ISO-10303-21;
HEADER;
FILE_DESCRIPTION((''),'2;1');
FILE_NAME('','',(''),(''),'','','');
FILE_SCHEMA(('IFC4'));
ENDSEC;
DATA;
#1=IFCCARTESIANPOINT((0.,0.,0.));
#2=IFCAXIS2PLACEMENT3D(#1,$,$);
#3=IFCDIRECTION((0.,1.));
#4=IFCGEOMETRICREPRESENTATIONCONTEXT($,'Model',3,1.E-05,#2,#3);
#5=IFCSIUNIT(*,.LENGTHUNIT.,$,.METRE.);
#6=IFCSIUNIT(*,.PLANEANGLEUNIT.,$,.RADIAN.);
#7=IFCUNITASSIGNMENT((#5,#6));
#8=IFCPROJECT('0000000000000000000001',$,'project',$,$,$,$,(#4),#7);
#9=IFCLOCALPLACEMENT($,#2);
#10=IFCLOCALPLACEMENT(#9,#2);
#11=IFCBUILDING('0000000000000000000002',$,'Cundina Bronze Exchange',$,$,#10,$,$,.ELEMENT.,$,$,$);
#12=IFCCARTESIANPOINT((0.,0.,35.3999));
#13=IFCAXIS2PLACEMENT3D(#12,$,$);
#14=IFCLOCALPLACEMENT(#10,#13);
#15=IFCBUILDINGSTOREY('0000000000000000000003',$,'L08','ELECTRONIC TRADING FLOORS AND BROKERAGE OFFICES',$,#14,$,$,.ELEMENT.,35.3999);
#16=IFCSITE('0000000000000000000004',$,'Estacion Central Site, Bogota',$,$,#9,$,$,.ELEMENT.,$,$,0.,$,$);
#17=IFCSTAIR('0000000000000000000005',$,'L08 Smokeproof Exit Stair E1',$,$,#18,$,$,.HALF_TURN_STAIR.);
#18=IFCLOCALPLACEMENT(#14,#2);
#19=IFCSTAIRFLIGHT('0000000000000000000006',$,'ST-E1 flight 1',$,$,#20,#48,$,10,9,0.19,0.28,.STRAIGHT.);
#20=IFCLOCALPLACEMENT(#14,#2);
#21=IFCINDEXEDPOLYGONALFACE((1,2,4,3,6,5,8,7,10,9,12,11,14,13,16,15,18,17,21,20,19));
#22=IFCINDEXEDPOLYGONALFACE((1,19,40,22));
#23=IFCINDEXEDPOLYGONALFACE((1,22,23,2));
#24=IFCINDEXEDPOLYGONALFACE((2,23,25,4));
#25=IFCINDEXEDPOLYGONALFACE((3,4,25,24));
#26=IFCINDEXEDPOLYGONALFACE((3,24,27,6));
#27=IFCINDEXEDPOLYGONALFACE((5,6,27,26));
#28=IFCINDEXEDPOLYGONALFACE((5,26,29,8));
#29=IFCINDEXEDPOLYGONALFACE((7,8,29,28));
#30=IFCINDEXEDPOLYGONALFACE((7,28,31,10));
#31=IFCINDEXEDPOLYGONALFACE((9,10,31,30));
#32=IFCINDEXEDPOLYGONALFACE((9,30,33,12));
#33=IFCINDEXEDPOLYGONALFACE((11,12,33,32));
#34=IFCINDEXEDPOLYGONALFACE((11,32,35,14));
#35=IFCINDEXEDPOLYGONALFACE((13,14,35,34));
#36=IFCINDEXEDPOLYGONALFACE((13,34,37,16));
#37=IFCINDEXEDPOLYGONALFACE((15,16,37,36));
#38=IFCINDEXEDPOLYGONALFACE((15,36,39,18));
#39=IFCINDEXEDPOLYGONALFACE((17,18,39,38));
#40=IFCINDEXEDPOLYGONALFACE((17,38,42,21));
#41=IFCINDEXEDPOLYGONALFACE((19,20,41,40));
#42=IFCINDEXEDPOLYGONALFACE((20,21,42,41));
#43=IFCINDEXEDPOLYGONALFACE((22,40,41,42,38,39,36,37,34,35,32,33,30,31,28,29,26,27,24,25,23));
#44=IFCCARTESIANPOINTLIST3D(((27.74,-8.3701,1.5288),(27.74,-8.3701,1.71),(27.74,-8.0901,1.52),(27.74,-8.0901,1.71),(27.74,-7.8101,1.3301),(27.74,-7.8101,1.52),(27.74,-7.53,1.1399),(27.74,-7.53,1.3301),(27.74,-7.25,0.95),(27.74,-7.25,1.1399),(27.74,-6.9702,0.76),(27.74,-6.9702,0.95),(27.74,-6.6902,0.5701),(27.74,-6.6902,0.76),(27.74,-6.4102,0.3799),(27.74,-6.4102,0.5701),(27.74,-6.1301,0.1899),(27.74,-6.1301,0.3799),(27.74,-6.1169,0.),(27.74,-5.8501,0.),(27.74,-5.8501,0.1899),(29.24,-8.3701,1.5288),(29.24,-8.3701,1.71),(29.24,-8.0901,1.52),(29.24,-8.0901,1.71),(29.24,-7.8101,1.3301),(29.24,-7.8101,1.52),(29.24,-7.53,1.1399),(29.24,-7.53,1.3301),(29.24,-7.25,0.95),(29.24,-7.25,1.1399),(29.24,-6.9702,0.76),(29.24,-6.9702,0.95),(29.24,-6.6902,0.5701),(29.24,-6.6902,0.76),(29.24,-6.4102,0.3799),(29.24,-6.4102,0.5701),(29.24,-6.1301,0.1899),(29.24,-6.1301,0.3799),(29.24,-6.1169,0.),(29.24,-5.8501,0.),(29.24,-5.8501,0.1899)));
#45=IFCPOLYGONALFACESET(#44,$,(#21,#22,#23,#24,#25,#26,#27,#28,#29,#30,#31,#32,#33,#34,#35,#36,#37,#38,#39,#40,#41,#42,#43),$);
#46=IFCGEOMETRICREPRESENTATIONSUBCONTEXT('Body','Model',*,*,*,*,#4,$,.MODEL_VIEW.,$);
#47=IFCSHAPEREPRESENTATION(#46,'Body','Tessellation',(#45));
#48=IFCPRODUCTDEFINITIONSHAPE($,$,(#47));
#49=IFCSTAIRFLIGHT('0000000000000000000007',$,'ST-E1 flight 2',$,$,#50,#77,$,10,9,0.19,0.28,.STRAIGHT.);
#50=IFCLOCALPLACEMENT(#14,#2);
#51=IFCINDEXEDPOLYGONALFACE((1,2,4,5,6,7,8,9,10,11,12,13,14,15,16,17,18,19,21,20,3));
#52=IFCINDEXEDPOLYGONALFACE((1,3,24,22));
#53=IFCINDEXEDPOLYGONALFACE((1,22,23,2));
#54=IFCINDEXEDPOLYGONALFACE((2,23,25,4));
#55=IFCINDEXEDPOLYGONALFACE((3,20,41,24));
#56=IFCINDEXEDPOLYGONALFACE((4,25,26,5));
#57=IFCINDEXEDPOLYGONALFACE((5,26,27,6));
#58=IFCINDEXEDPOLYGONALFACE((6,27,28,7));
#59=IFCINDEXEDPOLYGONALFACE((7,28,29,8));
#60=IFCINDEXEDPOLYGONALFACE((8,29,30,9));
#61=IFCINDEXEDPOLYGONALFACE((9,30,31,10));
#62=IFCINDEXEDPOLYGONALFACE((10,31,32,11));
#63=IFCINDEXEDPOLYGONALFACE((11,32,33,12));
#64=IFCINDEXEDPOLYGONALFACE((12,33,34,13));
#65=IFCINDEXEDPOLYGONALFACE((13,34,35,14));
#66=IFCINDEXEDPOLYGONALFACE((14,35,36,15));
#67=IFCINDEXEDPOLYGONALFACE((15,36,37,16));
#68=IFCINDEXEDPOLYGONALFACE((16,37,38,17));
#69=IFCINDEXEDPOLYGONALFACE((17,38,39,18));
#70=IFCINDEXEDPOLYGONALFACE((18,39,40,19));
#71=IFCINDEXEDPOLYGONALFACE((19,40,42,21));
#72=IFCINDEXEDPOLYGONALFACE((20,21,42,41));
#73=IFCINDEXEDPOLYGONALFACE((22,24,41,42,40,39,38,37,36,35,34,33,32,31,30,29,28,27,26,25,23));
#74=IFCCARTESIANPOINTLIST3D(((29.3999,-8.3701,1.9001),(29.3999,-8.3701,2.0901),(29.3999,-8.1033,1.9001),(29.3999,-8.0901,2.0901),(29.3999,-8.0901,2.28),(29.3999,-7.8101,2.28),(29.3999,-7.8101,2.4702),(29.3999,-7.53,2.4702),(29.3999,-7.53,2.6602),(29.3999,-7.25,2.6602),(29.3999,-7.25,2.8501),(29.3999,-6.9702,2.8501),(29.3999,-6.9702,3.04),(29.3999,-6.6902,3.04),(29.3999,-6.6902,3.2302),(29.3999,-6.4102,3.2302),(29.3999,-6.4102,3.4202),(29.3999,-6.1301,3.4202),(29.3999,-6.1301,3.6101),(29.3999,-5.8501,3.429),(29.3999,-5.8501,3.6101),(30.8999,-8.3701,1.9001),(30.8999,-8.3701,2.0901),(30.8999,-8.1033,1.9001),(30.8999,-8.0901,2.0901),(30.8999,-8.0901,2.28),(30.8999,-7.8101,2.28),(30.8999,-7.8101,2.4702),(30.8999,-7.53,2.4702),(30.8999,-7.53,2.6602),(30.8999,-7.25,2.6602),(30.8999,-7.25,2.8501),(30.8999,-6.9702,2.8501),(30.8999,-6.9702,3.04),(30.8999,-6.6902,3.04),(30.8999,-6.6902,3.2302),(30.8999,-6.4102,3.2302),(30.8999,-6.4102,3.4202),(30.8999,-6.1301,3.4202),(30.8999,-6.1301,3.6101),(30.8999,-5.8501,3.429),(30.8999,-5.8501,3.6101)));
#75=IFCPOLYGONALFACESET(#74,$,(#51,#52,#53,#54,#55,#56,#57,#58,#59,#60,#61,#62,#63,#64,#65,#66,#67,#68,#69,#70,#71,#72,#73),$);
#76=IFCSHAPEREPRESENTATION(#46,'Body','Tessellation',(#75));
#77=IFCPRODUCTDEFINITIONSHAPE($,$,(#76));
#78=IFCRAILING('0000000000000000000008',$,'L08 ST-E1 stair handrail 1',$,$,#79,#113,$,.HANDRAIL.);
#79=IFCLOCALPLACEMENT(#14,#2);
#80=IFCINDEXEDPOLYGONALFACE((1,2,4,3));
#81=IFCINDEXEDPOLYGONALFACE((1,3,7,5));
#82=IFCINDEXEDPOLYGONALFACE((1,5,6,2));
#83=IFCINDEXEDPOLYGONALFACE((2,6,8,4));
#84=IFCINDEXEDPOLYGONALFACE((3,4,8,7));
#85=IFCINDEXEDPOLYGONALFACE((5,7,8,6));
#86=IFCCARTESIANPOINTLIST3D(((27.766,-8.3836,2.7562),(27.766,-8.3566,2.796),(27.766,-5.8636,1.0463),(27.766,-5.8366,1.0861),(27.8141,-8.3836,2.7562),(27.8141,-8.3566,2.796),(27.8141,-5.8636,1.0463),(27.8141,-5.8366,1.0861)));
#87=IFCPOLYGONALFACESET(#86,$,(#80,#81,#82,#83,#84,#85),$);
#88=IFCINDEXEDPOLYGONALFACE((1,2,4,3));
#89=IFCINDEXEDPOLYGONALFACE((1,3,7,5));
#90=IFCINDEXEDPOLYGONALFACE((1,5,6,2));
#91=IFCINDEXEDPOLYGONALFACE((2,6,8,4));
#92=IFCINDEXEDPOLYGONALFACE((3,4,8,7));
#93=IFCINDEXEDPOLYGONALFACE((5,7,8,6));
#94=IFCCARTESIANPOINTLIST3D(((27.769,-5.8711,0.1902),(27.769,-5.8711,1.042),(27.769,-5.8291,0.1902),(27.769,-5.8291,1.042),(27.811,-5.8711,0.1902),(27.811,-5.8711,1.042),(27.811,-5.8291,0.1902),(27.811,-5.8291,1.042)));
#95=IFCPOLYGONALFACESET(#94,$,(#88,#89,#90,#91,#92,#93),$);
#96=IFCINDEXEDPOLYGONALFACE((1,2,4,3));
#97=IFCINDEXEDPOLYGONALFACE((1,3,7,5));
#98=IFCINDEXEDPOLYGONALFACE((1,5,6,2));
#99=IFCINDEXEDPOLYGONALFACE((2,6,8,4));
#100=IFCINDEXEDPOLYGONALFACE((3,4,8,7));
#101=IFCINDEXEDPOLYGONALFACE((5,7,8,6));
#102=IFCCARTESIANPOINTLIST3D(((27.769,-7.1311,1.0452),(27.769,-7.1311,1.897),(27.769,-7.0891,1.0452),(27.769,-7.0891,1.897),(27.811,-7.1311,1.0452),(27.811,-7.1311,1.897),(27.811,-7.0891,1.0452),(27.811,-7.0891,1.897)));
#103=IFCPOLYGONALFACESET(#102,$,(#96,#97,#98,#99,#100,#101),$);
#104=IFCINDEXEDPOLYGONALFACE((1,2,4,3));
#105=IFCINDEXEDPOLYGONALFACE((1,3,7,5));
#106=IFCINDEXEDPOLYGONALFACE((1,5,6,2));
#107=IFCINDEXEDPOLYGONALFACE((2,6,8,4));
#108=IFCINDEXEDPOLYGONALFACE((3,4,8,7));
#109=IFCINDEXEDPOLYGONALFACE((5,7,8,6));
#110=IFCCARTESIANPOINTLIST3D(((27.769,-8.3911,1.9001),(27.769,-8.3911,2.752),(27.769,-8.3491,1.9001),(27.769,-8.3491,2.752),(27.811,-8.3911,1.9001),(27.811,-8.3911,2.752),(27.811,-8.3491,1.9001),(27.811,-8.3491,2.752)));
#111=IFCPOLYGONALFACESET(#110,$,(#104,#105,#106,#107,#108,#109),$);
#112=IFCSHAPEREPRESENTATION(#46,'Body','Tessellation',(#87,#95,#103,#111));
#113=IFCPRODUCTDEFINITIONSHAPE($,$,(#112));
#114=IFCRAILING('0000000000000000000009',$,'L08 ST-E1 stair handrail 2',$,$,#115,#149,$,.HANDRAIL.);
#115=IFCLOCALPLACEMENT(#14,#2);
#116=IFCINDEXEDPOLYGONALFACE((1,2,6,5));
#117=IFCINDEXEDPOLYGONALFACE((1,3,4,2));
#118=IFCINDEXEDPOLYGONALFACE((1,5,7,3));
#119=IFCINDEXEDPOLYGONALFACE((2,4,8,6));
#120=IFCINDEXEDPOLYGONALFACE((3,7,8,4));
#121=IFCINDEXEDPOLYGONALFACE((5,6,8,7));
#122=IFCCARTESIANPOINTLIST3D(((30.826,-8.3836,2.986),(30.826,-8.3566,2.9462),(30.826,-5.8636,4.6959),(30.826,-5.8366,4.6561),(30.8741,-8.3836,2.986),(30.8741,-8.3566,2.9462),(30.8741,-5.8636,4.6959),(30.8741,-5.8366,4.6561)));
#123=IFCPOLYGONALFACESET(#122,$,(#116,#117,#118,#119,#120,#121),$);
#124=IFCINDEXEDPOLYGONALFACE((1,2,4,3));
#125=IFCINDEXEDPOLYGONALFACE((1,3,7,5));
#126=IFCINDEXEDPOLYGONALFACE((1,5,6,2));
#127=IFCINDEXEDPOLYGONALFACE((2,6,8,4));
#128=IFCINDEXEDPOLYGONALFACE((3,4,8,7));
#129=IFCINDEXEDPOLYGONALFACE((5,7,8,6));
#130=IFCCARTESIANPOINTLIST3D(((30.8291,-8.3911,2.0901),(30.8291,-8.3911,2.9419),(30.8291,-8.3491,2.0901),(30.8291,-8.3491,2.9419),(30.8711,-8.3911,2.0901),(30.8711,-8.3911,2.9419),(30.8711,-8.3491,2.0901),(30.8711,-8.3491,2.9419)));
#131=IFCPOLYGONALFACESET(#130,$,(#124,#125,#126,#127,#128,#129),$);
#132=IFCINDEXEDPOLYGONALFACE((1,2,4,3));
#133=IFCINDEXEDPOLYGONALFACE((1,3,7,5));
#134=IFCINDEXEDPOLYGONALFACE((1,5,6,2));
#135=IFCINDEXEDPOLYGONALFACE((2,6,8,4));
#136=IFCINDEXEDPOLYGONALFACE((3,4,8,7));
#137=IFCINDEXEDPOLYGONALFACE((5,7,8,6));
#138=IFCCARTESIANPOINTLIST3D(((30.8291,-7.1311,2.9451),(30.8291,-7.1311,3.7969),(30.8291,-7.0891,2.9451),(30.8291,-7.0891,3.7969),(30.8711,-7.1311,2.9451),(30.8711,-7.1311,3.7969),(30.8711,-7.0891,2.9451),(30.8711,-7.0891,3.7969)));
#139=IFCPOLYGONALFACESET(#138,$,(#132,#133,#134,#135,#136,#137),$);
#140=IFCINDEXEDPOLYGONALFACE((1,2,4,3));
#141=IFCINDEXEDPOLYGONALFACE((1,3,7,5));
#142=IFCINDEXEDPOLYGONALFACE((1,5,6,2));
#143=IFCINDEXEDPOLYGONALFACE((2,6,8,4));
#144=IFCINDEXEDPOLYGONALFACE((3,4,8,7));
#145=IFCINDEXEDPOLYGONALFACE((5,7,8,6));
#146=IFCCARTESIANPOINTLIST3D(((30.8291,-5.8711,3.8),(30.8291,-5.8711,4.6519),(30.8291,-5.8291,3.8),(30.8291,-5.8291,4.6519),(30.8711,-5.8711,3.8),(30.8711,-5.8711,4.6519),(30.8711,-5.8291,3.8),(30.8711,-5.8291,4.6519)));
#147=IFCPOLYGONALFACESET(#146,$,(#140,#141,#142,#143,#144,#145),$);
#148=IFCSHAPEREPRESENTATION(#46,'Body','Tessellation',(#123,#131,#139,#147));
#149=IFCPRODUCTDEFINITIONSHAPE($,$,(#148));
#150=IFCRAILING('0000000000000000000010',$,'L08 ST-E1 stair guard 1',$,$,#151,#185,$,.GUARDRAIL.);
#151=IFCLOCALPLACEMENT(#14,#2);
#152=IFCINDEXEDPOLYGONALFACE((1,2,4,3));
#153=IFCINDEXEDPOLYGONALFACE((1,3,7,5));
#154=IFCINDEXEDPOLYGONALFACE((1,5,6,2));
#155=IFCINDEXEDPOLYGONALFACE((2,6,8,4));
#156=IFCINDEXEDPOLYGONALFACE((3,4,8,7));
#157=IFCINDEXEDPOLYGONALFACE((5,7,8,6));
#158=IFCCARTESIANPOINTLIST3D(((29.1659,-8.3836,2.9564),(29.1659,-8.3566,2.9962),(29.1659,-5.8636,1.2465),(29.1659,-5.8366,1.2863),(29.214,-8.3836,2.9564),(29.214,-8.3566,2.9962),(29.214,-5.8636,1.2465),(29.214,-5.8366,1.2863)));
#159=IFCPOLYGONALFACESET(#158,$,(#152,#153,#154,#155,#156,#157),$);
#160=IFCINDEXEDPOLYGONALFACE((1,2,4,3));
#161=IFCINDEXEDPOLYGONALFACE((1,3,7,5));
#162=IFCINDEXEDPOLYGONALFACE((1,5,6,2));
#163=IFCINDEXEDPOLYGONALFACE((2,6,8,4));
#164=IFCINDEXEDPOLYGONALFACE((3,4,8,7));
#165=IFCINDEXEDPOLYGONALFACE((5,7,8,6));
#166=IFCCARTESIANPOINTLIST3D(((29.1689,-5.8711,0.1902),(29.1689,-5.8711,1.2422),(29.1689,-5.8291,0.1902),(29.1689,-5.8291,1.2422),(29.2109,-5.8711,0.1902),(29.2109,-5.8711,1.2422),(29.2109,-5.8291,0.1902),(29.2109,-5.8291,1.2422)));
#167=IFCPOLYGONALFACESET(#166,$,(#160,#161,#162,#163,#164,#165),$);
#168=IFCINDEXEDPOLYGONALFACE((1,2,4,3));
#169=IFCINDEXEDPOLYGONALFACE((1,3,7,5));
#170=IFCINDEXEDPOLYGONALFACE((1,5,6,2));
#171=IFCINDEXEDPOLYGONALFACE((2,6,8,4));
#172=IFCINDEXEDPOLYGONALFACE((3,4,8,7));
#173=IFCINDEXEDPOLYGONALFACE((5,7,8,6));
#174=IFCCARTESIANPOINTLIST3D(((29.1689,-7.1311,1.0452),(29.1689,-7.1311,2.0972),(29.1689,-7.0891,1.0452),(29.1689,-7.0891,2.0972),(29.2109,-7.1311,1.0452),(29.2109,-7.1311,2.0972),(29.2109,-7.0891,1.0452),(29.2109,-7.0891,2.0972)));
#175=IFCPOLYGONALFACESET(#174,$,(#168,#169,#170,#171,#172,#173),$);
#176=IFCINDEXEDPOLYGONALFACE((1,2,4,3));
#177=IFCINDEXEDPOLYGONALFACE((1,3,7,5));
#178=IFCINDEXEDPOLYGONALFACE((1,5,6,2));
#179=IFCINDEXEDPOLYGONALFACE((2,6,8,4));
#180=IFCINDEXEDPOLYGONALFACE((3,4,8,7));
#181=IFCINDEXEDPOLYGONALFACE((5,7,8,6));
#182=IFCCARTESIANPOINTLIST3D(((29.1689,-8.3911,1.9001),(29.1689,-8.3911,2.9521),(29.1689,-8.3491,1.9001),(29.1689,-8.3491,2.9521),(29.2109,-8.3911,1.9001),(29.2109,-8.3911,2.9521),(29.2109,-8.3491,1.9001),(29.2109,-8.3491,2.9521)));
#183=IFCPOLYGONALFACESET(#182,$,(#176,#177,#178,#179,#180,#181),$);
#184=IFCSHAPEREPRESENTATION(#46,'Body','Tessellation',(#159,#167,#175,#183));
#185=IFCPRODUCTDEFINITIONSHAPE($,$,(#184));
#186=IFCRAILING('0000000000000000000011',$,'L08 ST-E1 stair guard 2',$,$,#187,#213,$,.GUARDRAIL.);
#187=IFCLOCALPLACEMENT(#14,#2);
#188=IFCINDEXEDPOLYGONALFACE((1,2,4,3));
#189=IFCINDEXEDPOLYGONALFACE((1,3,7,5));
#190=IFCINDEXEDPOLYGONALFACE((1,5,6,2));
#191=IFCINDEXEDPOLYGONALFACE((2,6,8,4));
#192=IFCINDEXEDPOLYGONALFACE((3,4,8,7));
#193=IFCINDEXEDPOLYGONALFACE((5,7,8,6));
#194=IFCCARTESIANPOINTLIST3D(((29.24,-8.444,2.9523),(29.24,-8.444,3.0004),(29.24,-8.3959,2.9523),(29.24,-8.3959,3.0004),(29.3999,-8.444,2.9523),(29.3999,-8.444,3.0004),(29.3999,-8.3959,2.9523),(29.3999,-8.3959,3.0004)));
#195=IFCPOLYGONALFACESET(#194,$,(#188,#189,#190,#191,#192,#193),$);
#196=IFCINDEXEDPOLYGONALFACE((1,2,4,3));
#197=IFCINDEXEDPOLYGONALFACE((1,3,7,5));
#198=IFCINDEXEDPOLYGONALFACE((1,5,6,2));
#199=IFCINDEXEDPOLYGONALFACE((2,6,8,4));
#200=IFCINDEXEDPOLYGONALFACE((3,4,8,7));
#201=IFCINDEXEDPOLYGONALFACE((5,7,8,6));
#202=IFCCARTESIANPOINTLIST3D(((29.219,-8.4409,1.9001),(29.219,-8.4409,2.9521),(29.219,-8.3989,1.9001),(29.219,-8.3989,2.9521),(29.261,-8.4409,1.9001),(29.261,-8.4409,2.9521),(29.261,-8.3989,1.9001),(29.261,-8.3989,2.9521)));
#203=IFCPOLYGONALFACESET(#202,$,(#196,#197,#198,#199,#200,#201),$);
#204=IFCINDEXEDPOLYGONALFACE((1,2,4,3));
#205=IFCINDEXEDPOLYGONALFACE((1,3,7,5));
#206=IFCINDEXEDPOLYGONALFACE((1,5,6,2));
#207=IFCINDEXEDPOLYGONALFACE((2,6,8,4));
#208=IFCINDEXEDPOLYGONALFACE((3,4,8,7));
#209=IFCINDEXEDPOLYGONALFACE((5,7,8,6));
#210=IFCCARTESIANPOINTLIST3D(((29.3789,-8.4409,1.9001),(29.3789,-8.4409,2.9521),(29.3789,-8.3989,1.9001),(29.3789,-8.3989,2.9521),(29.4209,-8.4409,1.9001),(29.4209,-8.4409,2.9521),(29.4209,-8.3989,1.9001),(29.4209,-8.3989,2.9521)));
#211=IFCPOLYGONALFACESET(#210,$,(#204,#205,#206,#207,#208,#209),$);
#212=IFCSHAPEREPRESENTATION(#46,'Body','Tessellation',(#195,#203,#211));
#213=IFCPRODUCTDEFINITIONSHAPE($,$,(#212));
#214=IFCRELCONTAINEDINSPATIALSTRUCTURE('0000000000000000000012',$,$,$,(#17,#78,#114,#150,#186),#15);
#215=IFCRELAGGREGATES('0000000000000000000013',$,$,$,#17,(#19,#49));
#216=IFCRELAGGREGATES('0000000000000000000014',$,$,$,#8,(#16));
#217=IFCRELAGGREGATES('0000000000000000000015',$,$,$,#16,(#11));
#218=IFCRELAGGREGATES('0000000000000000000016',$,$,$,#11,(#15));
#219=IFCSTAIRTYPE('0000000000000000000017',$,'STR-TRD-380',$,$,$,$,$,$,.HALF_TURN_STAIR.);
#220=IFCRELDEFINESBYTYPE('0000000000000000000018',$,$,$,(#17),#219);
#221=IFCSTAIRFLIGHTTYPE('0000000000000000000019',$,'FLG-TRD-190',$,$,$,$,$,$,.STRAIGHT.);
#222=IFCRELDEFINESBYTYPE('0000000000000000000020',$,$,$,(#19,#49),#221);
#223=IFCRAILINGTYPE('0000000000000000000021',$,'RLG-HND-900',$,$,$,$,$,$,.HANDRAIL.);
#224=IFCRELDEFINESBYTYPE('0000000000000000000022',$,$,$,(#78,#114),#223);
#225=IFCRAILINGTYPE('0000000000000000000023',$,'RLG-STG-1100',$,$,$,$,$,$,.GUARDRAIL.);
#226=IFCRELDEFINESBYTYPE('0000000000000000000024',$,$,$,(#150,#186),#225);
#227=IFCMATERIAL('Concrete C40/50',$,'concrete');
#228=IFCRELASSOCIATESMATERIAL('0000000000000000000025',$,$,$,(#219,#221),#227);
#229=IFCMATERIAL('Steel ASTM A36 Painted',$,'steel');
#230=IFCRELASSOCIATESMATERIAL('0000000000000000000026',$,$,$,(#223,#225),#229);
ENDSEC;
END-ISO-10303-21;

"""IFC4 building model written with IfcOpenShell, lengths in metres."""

from ifc_helpers import new_model, si_unit, direction, frame, origin, origin_2d, place, context, subcontext, project, spatial, polyline, rectangle, outline, extrude, material, type_object, element, aggregate, save


model = new_model("IFC4")

# Units and contexts
model_context = context("Model", 3, precision=1e-05, world=origin(), true_north=direction((0.0, 1.0)))
body_context = subcontext(model_context, "Body", "Model", "MODEL_VIEW")
ifc_project = project(units=[si_unit("LENGTHUNIT", "METRE"), si_unit("PLANEANGLEUNIT", "RADIAN")], contexts=[model_context])

# Site, building, storey
site_placement = place(None, origin())
site = spatial("IfcSite", under=ifc_project, at=site_placement, Name="Estacion Central Site, Bogota", CompositionType="ELEMENT", RefElevation=0.0)
building_placement = place(site_placement, origin())
building = spatial("IfcBuilding", under=site, at=building_placement, Name="Cundina Bronze Exchange", CompositionType="ELEMENT")
storey_placement = place(building_placement, frame((0.0, 0.0, 35.3999)))
storey = spatial("IfcBuildingStorey", under=building, at=storey_placement, Name="L08", Description="ELECTRONIC TRADING FLOORS AND BROKERAGE OFFICES", CompositionType="ELEMENT", Elevation=35.3999)

# Stair, stair flights
ifc_material_1 = material(Name="Concrete C40/50", Category="concrete")
stair_type = type_object("IfcStairType", Name="STR-TRD-380", PredefinedType="HALF_TURN_STAIR", material=ifc_material_1)
stair_placement = place(storey_placement, origin())
stair = element("IfcStair", 1, at=stair_placement, inside=storey, type_object=stair_type, Name="L08 Smokeproof Exit Stair E1", PredefinedType="HALF_TURN_STAIR")
stair_flight_type = type_object("IfcStairFlightType", Name="FLG-TRD-190", PredefinedType="STRAIGHT", material=ifc_material_1)
stair_flight_1_placement = place(storey_placement, frame((28.49, -5.8501, 0.0), z_axis=(0.0, 0.0, 1.0), x_axis=(0.0, -1.0, 0.0)))
stair_flight_1 = element("IfcStairFlight", 2, at=stair_flight_1_placement, type_object=stair_flight_type, Name="ST-E1 flight 1", NumberOfRisers=10, NumberOfTreads=9, PredefinedType="STRAIGHT", RiserHeight=0.19, TreadLength=0.28, context=body_context, shape_type="SweptSolid", body=[
    extrude(outline(polyline([(0.0, 0.0), (0.0, 0.1899), (0.28, 0.1899), (0.28, 0.3799), (0.5601, 0.3799), (0.5601, 0.5701), (0.8401, 0.5701), (0.8401, 0.76), (1.1201, 0.76), (1.1201, 0.95), (1.3999, 0.95), (1.3999, 1.1399), (1.6799, 1.1399), (1.6799, 1.3301), (1.96, 1.3301), (1.96, 1.52), (2.24, 1.52), (2.24, 1.71), (2.52, 1.71), (2.52, 1.8999), (2.52, 1.5288), (0.2668, 0.0), (0.0, 0.0)])), frame((0.0, 0.75, 0.0), z_axis=(0.0, -1.0, 0.0), x_axis=(1.0, 0.0, 0.0)), (0.0, 0.0, 1.0), 1.5),
])
stair_flight_2_placement = place(storey_placement, frame((30.1499, -8.3701, 1.9001), z_axis=(0.0, 0.0, 1.0), x_axis=(0.0, 1.0, 0.0)))
stair_flight_2 = element("IfcStairFlight", 3, at=stair_flight_2_placement, type_object=stair_flight_type, Name="ST-E1 flight 2", NumberOfRisers=10, NumberOfTreads=9, PredefinedType="STRAIGHT", RiserHeight=0.19, TreadLength=0.28, context=body_context, shape_type="SweptSolid", body=[
    extrude(outline(polyline([(0.0, 0.0), (0.0, 0.1899), (0.28, 0.1899), (0.28, 0.3799), (0.5601, 0.3799), (0.5601, 0.5701), (0.8401, 0.5701), (0.8401, 0.76), (1.1201, 0.76), (1.1201, 0.95), (1.3999, 0.95), (1.3999, 1.1399), (1.6799, 1.1399), (1.6799, 1.3301), (1.96, 1.3301), (1.96, 1.52), (2.24, 1.52), (2.24, 1.71), (2.52, 1.71), (2.52, 1.8999), (2.52, 1.5288), (0.2668, 0.0), (0.0, 0.0)])), frame((0.0, 0.75, 0.0), z_axis=(0.0, -1.0, 0.0), x_axis=(1.0, 0.0, 0.0)), (0.0, 0.0, 1.0), 1.5),
])
aggregate(stair, [stair_flight_1, stair_flight_2])

# Railings
ifc_material_2 = material(Name="Steel ASTM A36 Painted", Category="steel")
railing_type_1 = type_object("IfcRailingType", Name="RLG-HND-900", PredefinedType="HANDRAIL", material=ifc_material_2)
railing_1_placement = place(storey_placement, frame((27.79, -5.8501, 0.1902)))
element("IfcRailing", 4, at=railing_1_placement, inside=storey, type_object=railing_type_1, Name="L08 ST-E1 stair handrail 1", PredefinedType="HANDRAIL", context=body_context, shape_type="SweptSolid", body=[
    extrude(rectangle(XDim=0.0481, YDim=0.0481, at=origin_2d()), frame((0.0, 0.0, 0.876), z_axis=(0.0, -0.827484, 0.56149), x_axis=(1.0, 0.0, 0.0)), (0.0, 0.0, 1.0), 3.0454),
    extrude(rectangle(XDim=0.042, YDim=0.042, at=origin_2d()), origin(), (0.0, 0.0, 1.0), 0.8518),
    extrude(rectangle(XDim=0.042, YDim=0.042, at=origin_2d()), frame((0.0, -1.26, 0.855)), (0.0, 0.0, 1.0), 0.8518),
    extrude(rectangle(XDim=0.042, YDim=0.042, at=origin_2d()), frame((0.0, -2.52, 1.71)), (0.0, 0.0, 1.0), 0.8518),
])
railing_2_placement = place(storey_placement, frame((30.8501, -8.3701, 2.0901)))
element("IfcRailing", 5, at=railing_2_placement, inside=storey, type_object=railing_type_1, Name="L08 ST-E1 stair handrail 2", PredefinedType="HANDRAIL", context=body_context, shape_type="SweptSolid", body=[
    extrude(rectangle(XDim=0.0481, YDim=0.0481, at=origin_2d()), frame((0.0, 0.0, 0.876), z_axis=(0.0, 0.827484, 0.56149), x_axis=(-1.0, 0.0, 0.0)), (0.0, 0.0, 1.0), 3.0454),
    extrude(rectangle(XDim=0.042, YDim=0.042, at=origin_2d()), origin(), (0.0, 0.0, 1.0), 0.8518),
    extrude(rectangle(XDim=0.042, YDim=0.042, at=origin_2d()), frame((0.0, 1.26, 0.855)), (0.0, 0.0, 1.0), 0.8518),
    extrude(rectangle(XDim=0.042, YDim=0.042, at=origin_2d()), frame((0.0, 2.52, 1.71)), (0.0, 0.0, 1.0), 0.8518),
])
railing_type_2 = type_object("IfcRailingType", Name="RLG-STG-1100", PredefinedType="GUARDRAIL", material=ifc_material_2)
railing_3_placement = place(storey_placement, frame((29.1899, -5.8501, 0.1902)))
element("IfcRailing", 6, at=railing_3_placement, inside=storey, type_object=railing_type_2, Name="L08 ST-E1 stair guard 1", PredefinedType="GUARDRAIL", context=body_context, shape_type="SweptSolid", body=[
    extrude(rectangle(XDim=0.0481, YDim=0.0481, at=origin_2d()), frame((0.0, 0.0, 1.0762), z_axis=(0.0, -0.827484, 0.56149), x_axis=(1.0, 0.0, 0.0)), (0.0, 0.0, 1.0), 3.0454),
    extrude(rectangle(XDim=0.042, YDim=0.042, at=origin_2d()), origin(), (0.0, 0.0, 1.0), 1.052),
    extrude(rectangle(XDim=0.042, YDim=0.042, at=origin_2d()), frame((0.0, -1.26, 0.855)), (0.0, 0.0, 1.0), 1.052),
    extrude(rectangle(XDim=0.042, YDim=0.042, at=origin_2d()), frame((0.0, -2.52, 1.71)), (0.0, 0.0, 1.0), 1.052),
])
railing_4_placement = place(storey_placement, frame((29.24, -8.4199, 1.9001)))
element("IfcRailing", 7, at=railing_4_placement, inside=storey, type_object=railing_type_2, Name="L08 ST-E1 stair guard 2", PredefinedType="GUARDRAIL", context=body_context, shape_type="SweptSolid", body=[
    extrude(rectangle(XDim=0.0481, YDim=0.0481, at=origin_2d()), frame((0.0, 0.0, 1.0762), z_axis=(1.0, 0.0, 0.0), x_axis=(0.0, 1.0, 0.0)), (0.0, 0.0, 1.0), 0.1599),
    extrude(rectangle(XDim=0.042, YDim=0.042, at=origin_2d()), origin(), (0.0, 0.0, 1.0), 1.052),
    extrude(rectangle(XDim=0.042, YDim=0.042, at=origin_2d()), frame((0.1599, 0.0, 0.0)), (0.0, 0.0, 1.0), 1.052),
])

save(model, "model.ifc")
